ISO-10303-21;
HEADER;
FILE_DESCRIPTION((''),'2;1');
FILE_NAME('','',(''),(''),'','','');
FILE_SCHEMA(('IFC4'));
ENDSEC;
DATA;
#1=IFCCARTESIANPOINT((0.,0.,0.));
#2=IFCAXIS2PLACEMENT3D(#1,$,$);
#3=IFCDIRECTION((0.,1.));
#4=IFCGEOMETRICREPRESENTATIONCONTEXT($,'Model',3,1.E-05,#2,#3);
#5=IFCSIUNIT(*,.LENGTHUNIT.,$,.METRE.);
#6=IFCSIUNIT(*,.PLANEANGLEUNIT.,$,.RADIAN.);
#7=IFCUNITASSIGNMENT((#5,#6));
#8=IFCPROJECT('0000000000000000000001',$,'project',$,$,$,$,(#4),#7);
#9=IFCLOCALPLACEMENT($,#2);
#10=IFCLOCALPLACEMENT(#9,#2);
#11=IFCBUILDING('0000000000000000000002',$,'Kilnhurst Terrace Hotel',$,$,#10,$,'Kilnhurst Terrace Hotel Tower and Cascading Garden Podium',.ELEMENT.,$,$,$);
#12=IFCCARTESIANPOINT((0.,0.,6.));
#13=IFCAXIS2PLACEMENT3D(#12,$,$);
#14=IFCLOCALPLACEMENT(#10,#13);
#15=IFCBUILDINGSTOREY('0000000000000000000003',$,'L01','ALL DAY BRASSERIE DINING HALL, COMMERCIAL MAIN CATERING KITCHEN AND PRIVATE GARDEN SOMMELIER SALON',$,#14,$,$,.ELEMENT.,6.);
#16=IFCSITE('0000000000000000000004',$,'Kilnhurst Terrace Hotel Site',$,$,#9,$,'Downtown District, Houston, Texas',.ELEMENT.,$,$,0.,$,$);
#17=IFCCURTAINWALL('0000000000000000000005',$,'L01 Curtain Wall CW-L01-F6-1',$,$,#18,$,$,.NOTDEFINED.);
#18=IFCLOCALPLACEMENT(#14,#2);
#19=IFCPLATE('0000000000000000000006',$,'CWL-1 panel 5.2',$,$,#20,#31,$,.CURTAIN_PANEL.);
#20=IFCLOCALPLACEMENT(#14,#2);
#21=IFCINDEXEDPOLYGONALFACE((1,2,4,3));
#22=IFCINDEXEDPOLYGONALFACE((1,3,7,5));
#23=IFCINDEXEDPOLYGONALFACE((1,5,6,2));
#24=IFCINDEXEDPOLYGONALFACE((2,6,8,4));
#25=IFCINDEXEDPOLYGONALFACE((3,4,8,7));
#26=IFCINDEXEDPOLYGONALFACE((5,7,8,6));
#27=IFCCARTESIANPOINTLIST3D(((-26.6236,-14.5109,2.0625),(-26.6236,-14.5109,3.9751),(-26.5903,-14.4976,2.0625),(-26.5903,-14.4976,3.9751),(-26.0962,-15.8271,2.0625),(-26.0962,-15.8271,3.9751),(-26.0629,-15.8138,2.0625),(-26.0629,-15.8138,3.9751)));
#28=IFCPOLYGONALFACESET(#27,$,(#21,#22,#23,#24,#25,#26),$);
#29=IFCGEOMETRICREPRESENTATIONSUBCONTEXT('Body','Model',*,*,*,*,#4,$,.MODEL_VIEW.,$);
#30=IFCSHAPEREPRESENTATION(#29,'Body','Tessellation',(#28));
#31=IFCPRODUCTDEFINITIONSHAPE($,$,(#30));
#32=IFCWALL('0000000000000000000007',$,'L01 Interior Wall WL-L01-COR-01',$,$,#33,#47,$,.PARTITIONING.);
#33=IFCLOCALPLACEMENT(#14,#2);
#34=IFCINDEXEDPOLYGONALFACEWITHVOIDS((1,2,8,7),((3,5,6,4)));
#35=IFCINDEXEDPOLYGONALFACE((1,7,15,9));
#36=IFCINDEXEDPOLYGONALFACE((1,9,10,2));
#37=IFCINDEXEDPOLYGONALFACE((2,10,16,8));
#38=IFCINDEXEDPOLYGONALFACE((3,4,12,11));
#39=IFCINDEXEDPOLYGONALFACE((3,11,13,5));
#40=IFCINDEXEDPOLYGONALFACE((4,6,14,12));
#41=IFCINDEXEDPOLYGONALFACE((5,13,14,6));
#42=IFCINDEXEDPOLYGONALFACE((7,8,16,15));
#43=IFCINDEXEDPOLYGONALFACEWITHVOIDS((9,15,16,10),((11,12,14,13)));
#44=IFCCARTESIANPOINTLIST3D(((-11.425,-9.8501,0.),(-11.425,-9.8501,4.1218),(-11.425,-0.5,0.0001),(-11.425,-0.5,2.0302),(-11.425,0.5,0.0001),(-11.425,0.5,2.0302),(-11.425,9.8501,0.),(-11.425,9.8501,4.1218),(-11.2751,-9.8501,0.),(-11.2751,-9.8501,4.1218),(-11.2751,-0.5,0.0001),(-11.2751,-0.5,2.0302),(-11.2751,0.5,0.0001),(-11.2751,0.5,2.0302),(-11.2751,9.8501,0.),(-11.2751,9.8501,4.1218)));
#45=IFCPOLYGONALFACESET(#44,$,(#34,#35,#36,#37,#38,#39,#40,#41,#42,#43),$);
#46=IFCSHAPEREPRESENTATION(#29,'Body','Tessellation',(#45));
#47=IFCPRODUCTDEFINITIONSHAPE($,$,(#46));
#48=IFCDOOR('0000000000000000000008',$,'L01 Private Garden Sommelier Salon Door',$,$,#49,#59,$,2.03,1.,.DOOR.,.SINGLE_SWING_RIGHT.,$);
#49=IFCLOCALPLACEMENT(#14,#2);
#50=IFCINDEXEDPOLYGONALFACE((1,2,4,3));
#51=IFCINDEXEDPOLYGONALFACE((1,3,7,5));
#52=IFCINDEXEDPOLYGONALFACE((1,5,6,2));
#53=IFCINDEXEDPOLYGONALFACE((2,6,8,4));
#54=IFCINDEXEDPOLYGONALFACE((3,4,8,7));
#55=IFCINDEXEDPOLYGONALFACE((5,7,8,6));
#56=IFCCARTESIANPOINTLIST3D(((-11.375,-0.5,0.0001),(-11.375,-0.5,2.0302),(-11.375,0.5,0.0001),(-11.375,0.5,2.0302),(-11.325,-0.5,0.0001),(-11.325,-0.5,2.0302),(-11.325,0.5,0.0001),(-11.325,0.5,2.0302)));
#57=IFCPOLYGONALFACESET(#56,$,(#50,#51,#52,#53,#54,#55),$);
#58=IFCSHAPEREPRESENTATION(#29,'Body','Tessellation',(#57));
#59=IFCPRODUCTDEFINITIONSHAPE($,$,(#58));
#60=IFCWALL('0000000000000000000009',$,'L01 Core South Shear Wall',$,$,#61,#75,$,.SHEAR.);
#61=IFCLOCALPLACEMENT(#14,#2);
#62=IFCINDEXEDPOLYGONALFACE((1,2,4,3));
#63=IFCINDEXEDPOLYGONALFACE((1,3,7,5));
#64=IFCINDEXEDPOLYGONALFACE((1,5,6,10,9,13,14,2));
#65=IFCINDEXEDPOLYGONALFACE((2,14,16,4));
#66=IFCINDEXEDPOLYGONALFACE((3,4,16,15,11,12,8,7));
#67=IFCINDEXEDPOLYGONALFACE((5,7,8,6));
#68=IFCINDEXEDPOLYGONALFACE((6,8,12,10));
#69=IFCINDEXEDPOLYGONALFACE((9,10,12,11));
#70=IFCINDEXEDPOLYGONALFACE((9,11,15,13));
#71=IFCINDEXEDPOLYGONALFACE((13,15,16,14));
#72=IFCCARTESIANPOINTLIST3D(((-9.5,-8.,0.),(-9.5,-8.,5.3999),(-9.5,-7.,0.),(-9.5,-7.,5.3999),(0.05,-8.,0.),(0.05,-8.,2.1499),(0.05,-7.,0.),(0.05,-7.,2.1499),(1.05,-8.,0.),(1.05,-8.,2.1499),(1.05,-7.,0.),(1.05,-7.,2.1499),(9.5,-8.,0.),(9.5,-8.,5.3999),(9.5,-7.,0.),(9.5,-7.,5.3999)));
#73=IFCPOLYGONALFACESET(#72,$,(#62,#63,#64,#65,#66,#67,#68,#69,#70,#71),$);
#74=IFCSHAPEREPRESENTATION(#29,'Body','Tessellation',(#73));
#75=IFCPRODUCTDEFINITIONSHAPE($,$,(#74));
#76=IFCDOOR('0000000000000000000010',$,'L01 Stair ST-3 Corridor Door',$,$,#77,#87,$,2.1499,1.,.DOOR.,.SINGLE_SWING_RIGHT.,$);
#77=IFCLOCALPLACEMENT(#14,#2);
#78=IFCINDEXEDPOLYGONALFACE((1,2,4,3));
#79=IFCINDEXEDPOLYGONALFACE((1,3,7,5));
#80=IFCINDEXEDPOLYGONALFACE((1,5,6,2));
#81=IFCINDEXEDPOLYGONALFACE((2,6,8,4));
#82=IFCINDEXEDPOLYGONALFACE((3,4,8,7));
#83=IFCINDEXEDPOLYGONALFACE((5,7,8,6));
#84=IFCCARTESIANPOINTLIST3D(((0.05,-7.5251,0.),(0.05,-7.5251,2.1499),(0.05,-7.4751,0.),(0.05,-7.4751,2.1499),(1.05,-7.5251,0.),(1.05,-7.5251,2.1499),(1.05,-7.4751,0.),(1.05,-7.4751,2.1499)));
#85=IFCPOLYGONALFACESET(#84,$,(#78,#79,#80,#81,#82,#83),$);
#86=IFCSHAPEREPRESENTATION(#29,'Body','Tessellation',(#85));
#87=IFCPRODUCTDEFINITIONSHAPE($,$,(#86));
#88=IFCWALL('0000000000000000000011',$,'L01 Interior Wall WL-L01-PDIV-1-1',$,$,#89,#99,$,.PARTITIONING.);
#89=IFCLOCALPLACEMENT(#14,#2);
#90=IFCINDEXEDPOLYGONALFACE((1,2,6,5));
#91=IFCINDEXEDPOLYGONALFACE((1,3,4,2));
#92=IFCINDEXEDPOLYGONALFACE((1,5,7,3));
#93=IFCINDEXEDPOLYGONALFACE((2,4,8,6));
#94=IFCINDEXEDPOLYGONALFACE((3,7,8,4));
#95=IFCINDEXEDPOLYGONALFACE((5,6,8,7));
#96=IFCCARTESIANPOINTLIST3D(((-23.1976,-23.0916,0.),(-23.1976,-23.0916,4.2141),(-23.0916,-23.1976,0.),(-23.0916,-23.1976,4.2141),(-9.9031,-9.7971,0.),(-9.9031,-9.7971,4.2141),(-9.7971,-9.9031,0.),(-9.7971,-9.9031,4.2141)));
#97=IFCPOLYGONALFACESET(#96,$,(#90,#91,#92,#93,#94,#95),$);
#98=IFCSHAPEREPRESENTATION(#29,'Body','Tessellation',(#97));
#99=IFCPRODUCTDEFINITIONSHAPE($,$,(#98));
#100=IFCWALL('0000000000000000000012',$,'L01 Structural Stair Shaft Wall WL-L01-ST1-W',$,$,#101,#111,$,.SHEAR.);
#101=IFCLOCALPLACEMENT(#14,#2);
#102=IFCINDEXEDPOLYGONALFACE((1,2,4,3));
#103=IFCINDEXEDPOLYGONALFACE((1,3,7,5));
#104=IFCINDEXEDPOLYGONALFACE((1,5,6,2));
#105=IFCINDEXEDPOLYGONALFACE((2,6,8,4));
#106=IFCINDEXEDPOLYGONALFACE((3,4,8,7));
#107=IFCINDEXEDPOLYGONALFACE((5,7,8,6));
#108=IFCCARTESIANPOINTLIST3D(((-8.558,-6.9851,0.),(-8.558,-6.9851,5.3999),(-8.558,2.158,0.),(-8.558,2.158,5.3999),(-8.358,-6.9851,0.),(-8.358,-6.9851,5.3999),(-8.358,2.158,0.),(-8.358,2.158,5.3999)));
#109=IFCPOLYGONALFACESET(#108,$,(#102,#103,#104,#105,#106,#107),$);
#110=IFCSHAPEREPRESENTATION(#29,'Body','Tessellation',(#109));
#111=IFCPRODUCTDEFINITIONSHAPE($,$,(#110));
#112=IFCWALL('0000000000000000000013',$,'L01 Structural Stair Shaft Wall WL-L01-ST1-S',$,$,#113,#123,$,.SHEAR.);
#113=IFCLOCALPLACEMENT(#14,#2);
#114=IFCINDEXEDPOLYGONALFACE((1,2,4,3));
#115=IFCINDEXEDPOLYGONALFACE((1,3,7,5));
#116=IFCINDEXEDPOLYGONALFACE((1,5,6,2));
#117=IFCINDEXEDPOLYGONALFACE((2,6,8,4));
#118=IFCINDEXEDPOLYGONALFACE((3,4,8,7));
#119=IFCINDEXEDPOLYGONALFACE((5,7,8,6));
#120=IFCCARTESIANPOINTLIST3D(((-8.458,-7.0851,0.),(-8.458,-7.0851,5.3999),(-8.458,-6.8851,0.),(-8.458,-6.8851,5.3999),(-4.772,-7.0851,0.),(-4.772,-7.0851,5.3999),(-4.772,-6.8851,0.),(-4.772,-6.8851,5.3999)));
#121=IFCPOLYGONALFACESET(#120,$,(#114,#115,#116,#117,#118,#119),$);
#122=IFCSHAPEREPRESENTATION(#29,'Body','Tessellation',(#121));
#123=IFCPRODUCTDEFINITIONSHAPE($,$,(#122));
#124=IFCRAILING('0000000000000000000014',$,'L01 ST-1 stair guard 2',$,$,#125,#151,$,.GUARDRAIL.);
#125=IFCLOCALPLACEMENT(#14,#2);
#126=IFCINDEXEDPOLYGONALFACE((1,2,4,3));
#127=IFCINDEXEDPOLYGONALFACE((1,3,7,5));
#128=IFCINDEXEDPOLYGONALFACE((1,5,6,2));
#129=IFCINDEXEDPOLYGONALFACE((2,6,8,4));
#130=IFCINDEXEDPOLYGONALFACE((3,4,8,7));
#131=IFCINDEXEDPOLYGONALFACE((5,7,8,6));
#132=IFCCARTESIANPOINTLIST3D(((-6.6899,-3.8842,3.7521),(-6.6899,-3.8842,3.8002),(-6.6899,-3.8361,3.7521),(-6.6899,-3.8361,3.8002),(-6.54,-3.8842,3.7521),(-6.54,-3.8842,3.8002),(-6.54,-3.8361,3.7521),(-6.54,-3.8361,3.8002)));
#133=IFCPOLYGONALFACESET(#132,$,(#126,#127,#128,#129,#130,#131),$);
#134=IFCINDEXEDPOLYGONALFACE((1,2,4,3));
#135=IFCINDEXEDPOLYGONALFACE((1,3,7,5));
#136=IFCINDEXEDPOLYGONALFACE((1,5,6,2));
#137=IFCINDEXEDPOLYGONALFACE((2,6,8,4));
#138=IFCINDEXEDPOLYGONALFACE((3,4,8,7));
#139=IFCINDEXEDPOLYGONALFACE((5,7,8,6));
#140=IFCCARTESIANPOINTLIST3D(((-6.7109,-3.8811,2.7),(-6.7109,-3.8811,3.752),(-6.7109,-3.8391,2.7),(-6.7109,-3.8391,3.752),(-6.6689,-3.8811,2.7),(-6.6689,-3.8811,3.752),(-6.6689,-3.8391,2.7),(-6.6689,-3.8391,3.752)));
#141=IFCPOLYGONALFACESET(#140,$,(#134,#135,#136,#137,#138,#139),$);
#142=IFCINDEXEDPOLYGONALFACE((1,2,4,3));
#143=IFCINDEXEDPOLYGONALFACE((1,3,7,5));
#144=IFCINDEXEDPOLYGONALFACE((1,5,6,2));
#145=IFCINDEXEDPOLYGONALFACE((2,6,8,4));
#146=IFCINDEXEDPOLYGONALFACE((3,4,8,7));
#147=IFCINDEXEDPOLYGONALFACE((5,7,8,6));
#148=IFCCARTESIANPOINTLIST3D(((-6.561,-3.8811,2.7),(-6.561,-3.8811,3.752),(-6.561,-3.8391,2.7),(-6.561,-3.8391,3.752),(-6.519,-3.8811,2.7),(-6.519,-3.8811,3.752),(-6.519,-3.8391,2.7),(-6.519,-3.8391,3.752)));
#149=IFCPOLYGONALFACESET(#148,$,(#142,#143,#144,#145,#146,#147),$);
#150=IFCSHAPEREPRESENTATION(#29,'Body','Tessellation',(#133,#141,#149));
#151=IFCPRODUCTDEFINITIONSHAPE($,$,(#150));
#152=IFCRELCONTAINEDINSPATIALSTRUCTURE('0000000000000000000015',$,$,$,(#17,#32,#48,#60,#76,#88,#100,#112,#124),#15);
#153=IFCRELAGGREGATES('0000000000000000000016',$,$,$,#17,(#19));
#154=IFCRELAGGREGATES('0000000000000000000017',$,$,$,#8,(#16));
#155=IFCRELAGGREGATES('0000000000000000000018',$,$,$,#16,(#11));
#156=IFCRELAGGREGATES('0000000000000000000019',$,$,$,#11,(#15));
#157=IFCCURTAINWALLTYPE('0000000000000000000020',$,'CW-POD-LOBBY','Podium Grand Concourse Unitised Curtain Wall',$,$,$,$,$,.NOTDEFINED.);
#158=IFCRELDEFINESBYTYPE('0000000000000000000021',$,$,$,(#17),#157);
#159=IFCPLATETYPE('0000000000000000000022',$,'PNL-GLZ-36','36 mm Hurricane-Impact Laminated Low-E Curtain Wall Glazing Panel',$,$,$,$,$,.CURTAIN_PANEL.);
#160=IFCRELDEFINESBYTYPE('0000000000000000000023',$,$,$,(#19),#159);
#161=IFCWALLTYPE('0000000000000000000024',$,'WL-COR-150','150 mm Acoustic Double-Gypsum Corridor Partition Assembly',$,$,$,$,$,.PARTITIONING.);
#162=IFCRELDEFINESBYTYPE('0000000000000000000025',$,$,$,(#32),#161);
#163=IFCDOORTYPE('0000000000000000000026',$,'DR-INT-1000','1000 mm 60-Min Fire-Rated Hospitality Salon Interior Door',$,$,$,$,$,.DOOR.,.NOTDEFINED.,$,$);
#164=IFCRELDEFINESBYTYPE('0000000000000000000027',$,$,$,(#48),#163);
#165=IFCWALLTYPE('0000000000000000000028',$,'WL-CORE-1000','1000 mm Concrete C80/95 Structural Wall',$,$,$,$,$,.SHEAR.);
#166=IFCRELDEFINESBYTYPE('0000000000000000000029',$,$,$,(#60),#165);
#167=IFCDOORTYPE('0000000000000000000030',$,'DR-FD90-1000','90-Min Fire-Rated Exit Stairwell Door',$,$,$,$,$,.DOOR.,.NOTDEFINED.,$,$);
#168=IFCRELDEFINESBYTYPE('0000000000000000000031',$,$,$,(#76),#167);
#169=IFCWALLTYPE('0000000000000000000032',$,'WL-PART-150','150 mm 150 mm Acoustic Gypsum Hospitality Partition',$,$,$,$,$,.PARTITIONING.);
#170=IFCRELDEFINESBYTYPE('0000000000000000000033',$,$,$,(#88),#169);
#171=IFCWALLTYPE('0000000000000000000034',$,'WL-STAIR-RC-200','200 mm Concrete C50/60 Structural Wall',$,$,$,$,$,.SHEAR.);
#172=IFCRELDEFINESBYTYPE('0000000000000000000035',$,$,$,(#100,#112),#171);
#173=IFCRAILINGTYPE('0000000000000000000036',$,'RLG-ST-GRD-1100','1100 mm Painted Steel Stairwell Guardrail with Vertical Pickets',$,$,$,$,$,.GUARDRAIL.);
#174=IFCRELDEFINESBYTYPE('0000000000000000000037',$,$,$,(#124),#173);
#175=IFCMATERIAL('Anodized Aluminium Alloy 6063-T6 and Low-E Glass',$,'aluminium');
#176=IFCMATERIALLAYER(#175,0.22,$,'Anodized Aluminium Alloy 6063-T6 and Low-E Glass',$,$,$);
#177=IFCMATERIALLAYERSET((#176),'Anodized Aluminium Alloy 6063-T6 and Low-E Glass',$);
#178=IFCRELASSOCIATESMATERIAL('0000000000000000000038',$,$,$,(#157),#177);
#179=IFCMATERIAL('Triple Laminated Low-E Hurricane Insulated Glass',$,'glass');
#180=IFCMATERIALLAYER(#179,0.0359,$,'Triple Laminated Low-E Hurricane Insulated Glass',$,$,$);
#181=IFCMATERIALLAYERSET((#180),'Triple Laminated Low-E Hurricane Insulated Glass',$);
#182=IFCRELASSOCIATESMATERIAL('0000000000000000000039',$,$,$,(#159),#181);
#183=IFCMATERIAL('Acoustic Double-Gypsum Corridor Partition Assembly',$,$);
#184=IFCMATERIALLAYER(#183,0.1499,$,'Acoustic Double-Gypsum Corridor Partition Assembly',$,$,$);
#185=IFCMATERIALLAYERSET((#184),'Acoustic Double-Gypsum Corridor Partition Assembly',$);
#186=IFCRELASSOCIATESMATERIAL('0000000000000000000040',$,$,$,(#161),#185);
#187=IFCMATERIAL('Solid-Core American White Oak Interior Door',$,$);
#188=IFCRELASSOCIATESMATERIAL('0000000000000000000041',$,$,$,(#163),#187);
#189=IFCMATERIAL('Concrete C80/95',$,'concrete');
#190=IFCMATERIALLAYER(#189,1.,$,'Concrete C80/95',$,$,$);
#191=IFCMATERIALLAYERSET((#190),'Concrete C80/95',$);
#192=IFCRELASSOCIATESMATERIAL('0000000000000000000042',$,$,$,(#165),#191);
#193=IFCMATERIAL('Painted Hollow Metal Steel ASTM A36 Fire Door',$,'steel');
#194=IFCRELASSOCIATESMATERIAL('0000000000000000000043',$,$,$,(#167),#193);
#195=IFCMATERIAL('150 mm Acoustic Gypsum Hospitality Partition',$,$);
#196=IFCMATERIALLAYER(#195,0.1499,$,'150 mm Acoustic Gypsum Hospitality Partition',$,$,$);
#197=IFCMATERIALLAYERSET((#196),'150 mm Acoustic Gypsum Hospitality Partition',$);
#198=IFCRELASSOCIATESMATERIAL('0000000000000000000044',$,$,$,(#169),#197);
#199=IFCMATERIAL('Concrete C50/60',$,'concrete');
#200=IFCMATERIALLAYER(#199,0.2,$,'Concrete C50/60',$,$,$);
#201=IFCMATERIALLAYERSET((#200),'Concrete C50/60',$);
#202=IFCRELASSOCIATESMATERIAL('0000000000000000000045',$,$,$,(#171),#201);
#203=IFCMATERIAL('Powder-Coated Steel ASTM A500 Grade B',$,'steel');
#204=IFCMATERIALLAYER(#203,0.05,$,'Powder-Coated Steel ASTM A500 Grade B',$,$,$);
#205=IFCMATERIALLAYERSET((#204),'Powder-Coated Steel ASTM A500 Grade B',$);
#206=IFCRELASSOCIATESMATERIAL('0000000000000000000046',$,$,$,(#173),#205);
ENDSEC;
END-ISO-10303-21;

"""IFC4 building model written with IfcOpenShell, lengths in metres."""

from ifc_helpers import new_model, si_unit, direction, frame, frame_2d, origin, origin_2d, place, context, subcontext, project, spatial, rectangle, extrude, material, layer, layer_set, type_object, element, fill, aggregate, save


model = new_model("IFC4")

# Units and contexts
model_context = context("Model", 3, precision=1e-05, world=origin(), true_north=direction((0.0, 1.0)))
body_context = subcontext(model_context, "Body", "Model", "MODEL_VIEW")
ifc_project = project(units=[si_unit("LENGTHUNIT", "METRE"), si_unit("PLANEANGLEUNIT", "RADIAN")], contexts=[model_context])

# Site, building, storey
site_placement = place(None, origin())
site = spatial("IfcSite", under=ifc_project, at=site_placement, Name="Kilnhurst Terrace Hotel Site", LongName="Downtown District, Houston, Texas", CompositionType="ELEMENT", RefElevation=0.0)
building_placement = place(site_placement, origin())
building = spatial("IfcBuilding", under=site, at=building_placement, Name="Kilnhurst Terrace Hotel", LongName="Kilnhurst Terrace Hotel Tower and Cascading Garden Podium", CompositionType="ELEMENT")
storey_placement = place(building_placement, frame((0.0, 0.0, 6.0)))
storey = spatial("IfcBuildingStorey", under=building, at=storey_placement, Name="L01", Description="ALL DAY BRASSERIE DINING HALL, COMMERCIAL MAIN CATERING KITCHEN AND PRIVATE GARDEN SOMMELIER SALON", CompositionType="ELEMENT", Elevation=6.0)

# Shared definitions
ifc_material_1 = material(Name="Concrete C80/95", Category="concrete")
ifc_material_2 = material(Name="Concrete C50/60", Category="concrete")

# Curtain wall, plate
ifc_material_3 = material(Name="Anodized Aluminium Alloy 6063-T6 and Low-E Glass", Category="aluminium")
ifc_layer_1 = layer(ifc_material_3, 0.22, Name="Anodized Aluminium Alloy 6063-T6 and Low-E Glass")
ifc_layer_set_1 = layer_set([ifc_layer_1], Name="Anodized Aluminium Alloy 6063-T6 and Low-E Glass")
curtain_wall_type = type_object("IfcCurtainWallType", Name="CW-POD-LOBBY", Description="Podium Grand Concourse Unitised Curtain Wall", PredefinedType="NOTDEFINED", material=ifc_layer_set_1)
curtain_wall_placement = place(storey_placement, origin())
curtain_wall = element("IfcCurtainWall", 1, at=curtain_wall_placement, inside=storey, type_object=curtain_wall_type, Name="L01 Curtain Wall CW-L01-F6-1", PredefinedType="NOTDEFINED")
ifc_material_4 = material(Name="Triple Laminated Low-E Hurricane Insulated Glass", Category="glass")
ifc_layer_2 = layer(ifc_material_4, 0.0359, Name="Triple Laminated Low-E Hurricane Insulated Glass")
ifc_layer_set_2 = layer_set([ifc_layer_2], Name="Triple Laminated Low-E Hurricane Insulated Glass")
plate_type = type_object("IfcPlateType", Name="PNL-GLZ-36", Description="36 mm Hurricane-Impact Laminated Low-E Curtain Wall Glazing Panel", PredefinedType="CURTAIN_PANEL", material=ifc_layer_set_2)
plate_placement = place(storey_placement, frame((-26.3433, -15.1624, 2.0625), z_axis=(0.0, 0.0, 1.0), x_axis=(0.371955, -0.928251, 0.0)))
plate = element("IfcPlate", 2, at=plate_placement, type_object=plate_type, Name="CWL-1 panel 5.2", PredefinedType="CURTAIN_PANEL", context=body_context, shape_type="SweptSolid", body=[
    extrude(rectangle(XDim=1.418, YDim=0.0359, at=origin_2d()), origin(), (0.0, 0.0, 1.0), 1.9126),
])
aggregate(curtain_wall, [plate])

# Walls, openings, doors
ifc_material_5 = material(Name="Acoustic Double-Gypsum Corridor Partition Assembly")
ifc_layer_3 = layer(ifc_material_5, 0.1499, Name="Acoustic Double-Gypsum Corridor Partition Assembly")
ifc_layer_set_3 = layer_set([ifc_layer_3], Name="Acoustic Double-Gypsum Corridor Partition Assembly")
wall_type_1 = type_object("IfcWallType", Name="WL-COR-150", Description="150 mm Acoustic Double-Gypsum Corridor Partition Assembly", PredefinedType="PARTITIONING", material=ifc_layer_set_3)
wall_1_placement = place(storey_placement, frame((-11.3501, -9.8501, 0.0), z_axis=(0.0, 0.0, 1.0), x_axis=(0.0, 1.0, 0.0)))
wall_1 = element("IfcWall", 3, at=wall_1_placement, inside=storey, type_object=wall_type_1, Name="L01 Interior Wall WL-L01-COR-01", PredefinedType="PARTITIONING", context=body_context, shape_type="SweptSolid", body=[
    extrude(rectangle(XDim=19.7002, YDim=0.1499, at=frame_2d((9.8501, 0.0))), origin(), (0.0, 0.0, 1.0), 4.1218),
])
opening_1_placement = place(wall_1_placement, frame((9.3501, 0.0, 0.0)))
opening_1 = element("IfcOpeningElement", 4, at=opening_1_placement, cuts=wall_1, PredefinedType="OPENING", context=body_context, shape_type="SweptSolid", body=[
    extrude(rectangle(XDim=1.0, YDim=2.03, at=frame_2d((0.5, 1.0151))), frame((0.0, 0.085, 0.0), z_axis=(0.0, -1.0, 0.0), x_axis=(1.0, 0.0, 0.0)), (0.0, 0.0, 1.0), 0.1699),
])
ifc_material_6 = material(Name="Solid-Core American White Oak Interior Door")
door_type_1 = type_object("IfcDoorType", Name="DR-INT-1000", Description="1000 mm 60-Min Fire-Rated Hospitality Salon Interior Door", OperationType="NOTDEFINED", PredefinedType="DOOR", material=ifc_material_6)
door_1_placement = place(opening_1_placement, origin())
door_1 = element("IfcDoor", 5, at=door_1_placement, inside=storey, type_object=door_type_1, Name="L01 Private Garden Sommelier Salon Door", OperationType="SINGLE_SWING_RIGHT", OverallHeight=2.03, OverallWidth=1.0, PredefinedType="DOOR", context=body_context, shape_type="SweptSolid", body=[
    extrude(rectangle(XDim=1.0, YDim=2.03, at=frame_2d((0.5, 1.0151))), frame((0.0, 0.0249, 0.0), z_axis=(0.0, -1.0, 0.0), x_axis=(1.0, 0.0, 0.0)), (0.0, 0.0, 1.0), 0.05),
])
fill(opening_1, door_1)
ifc_layer_4 = layer(ifc_material_1, 1.0, Name="Concrete C80/95")
ifc_layer_set_4 = layer_set([ifc_layer_4], Name="Concrete C80/95")
wall_type_2 = type_object("IfcWallType", Name="WL-CORE-1000", Description="1000 mm Concrete C80/95 Structural Wall", PredefinedType="SHEAR", material=ifc_layer_set_4)
wall_2_placement = place(storey_placement, frame((-9.5, -7.5, 0.0), z_axis=(0.0, 0.0, 1.0), x_axis=(1.0, 0.0, 0.0)))
wall_2 = element("IfcWall", 6, at=wall_2_placement, inside=storey, type_object=wall_type_2, Name="L01 Core South Shear Wall", PredefinedType="SHEAR", context=body_context, shape_type="SweptSolid", body=[
    extrude(rectangle(XDim=19.0, YDim=1.0, at=frame_2d((9.5, 0.0))), origin(), (0.0, 0.0, 1.0), 5.3999),
])
opening_2_placement = place(wall_2_placement, frame((9.55, 0.0, 0.0)))
opening_2 = element("IfcOpeningElement", 7, at=opening_2_placement, cuts=wall_2, PredefinedType="OPENING", context=body_context, shape_type="SweptSolid", body=[
    extrude(rectangle(XDim=1.0, YDim=2.1499, at=frame_2d((0.5, 1.075))), frame((0.0, 0.51, 0.0), z_axis=(0.0, -1.0, 0.0), x_axis=(1.0, 0.0, 0.0)), (0.0, 0.0, 1.0), 1.02),
])
ifc_material_7 = material(Name="Painted Hollow Metal Steel ASTM A36 Fire Door", Category="steel")
door_type_2 = type_object("IfcDoorType", Name="DR-FD90-1000", Description="90-Min Fire-Rated Exit Stairwell Door", OperationType="NOTDEFINED", PredefinedType="DOOR", material=ifc_material_7)
door_2_placement = place(opening_2_placement, origin())
door_2 = element("IfcDoor", 8, at=door_2_placement, inside=storey, type_object=door_type_2, Name="L01 Stair ST-3 Corridor Door", OperationType="SINGLE_SWING_RIGHT", OverallHeight=2.1499, OverallWidth=1.0, PredefinedType="DOOR", context=body_context, shape_type="SweptSolid", body=[
    extrude(rectangle(XDim=1.0, YDim=2.1499, at=frame_2d((0.5, 1.075))), frame((0.0, 0.0249, 0.0), z_axis=(0.0, -1.0, 0.0), x_axis=(1.0, 0.0, 0.0)), (0.0, 0.0, 1.0), 0.05),
])
fill(opening_2, door_2)

# Walls
ifc_material_8 = material(Name="150 mm Acoustic Gypsum Hospitality Partition")
ifc_layer_5 = layer(ifc_material_8, 0.1499, Name="150 mm Acoustic Gypsum Hospitality Partition")
ifc_layer_set_5 = layer_set([ifc_layer_5], Name="150 mm Acoustic Gypsum Hospitality Partition")
wall_type_3 = type_object("IfcWallType", Name="WL-PART-150", Description="150 mm 150 mm Acoustic Gypsum Hospitality Partition", PredefinedType="PARTITIONING", material=ifc_layer_set_5)
wall_3_placement = place(storey_placement, frame((-9.8501, -9.8501, 0.0), z_axis=(0.0, 0.0, 1.0), x_axis=(-0.707107, -0.707107, 0.0)))
element("IfcWall", 9, at=wall_3_placement, inside=storey, type_object=wall_type_3, Name="L01 Interior Wall WL-L01-PDIV-1-1", PredefinedType="PARTITIONING", context=body_context, shape_type="SweptSolid", body=[
    extrude(rectangle(XDim=18.8013, YDim=0.1499, at=frame_2d((9.4006, 0.0))), origin(), (0.0, 0.0, 1.0), 4.2141),
])
ifc_layer_6 = layer(ifc_material_2, 0.2, Name="Concrete C50/60")
ifc_layer_set_6 = layer_set([ifc_layer_6], Name="Concrete C50/60")
wall_type_4 = type_object("IfcWallType", Name="WL-STAIR-RC-200", Description="200 mm Concrete C50/60 Structural Wall", PredefinedType="SHEAR", material=ifc_layer_set_6)
wall_4_placement = place(storey_placement, frame((-8.458, -6.9851, 0.0), z_axis=(0.0, 0.0, 1.0), x_axis=(0.0, 1.0, 0.0)))
element("IfcWall", 10, at=wall_4_placement, inside=storey, type_object=wall_type_4, Name="L01 Structural Stair Shaft Wall WL-L01-ST1-W", PredefinedType="SHEAR", context=body_context, shape_type="SweptSolid", body=[
    extrude(rectangle(XDim=9.1431, YDim=0.2, at=frame_2d((4.5715, 0.0))), origin(), (0.0, 0.0, 1.0), 5.3999),
])
wall_5_placement = place(storey_placement, frame((-8.458, -6.9851, 0.0), z_axis=(0.0, 0.0, 1.0), x_axis=(1.0, 0.0, 0.0)))
element("IfcWall", 11, at=wall_5_placement, inside=storey, type_object=wall_type_4, Name="L01 Structural Stair Shaft Wall WL-L01-ST1-S", PredefinedType="SHEAR", context=body_context, shape_type="SweptSolid", body=[
    extrude(rectangle(XDim=3.686, YDim=0.2, at=frame_2d((1.843, 0.0))), origin(), (0.0, 0.0, 1.0), 5.3999),
])

# Railing
ifc_material_9 = material(Name="Powder-Coated Steel ASTM A500 Grade B", Category="steel")
ifc_layer_7 = layer(ifc_material_9, 0.05, Name="Powder-Coated Steel ASTM A500 Grade B")
ifc_layer_set_7 = layer_set([ifc_layer_7], Name="Powder-Coated Steel ASTM A500 Grade B")
railing_type = type_object("IfcRailingType", Name="RLG-ST-GRD-1100", Description="1100 mm Painted Steel Stairwell Guardrail with Vertical Pickets", PredefinedType="GUARDRAIL", material=ifc_layer_set_7)
railing_placement = place(storey_placement, frame((-6.6899, -3.8601, 2.7)))
element("IfcRailing", 12, at=railing_placement, inside=storey, type_object=railing_type, Name="L01 ST-1 stair guard 2", PredefinedType="GUARDRAIL", context=body_context, shape_type="SweptSolid", body=[
    extrude(rectangle(XDim=0.0481, YDim=0.0481, at=origin_2d()), frame((0.0, 0.0, 1.0762), z_axis=(1.0, 0.0, 0.0), x_axis=(0.0, 1.0, 0.0)), (0.0, 0.0, 1.0), 0.1499),
    extrude(rectangle(XDim=0.042, YDim=0.042, at=origin_2d()), origin(), (0.0, 0.0, 1.0), 1.052),
    extrude(rectangle(XDim=0.042, YDim=0.042, at=origin_2d()), frame((0.1499, 0.0, 0.0)), (0.0, 0.0, 1.0), 1.052),
])

save(model, "model.ifc")
